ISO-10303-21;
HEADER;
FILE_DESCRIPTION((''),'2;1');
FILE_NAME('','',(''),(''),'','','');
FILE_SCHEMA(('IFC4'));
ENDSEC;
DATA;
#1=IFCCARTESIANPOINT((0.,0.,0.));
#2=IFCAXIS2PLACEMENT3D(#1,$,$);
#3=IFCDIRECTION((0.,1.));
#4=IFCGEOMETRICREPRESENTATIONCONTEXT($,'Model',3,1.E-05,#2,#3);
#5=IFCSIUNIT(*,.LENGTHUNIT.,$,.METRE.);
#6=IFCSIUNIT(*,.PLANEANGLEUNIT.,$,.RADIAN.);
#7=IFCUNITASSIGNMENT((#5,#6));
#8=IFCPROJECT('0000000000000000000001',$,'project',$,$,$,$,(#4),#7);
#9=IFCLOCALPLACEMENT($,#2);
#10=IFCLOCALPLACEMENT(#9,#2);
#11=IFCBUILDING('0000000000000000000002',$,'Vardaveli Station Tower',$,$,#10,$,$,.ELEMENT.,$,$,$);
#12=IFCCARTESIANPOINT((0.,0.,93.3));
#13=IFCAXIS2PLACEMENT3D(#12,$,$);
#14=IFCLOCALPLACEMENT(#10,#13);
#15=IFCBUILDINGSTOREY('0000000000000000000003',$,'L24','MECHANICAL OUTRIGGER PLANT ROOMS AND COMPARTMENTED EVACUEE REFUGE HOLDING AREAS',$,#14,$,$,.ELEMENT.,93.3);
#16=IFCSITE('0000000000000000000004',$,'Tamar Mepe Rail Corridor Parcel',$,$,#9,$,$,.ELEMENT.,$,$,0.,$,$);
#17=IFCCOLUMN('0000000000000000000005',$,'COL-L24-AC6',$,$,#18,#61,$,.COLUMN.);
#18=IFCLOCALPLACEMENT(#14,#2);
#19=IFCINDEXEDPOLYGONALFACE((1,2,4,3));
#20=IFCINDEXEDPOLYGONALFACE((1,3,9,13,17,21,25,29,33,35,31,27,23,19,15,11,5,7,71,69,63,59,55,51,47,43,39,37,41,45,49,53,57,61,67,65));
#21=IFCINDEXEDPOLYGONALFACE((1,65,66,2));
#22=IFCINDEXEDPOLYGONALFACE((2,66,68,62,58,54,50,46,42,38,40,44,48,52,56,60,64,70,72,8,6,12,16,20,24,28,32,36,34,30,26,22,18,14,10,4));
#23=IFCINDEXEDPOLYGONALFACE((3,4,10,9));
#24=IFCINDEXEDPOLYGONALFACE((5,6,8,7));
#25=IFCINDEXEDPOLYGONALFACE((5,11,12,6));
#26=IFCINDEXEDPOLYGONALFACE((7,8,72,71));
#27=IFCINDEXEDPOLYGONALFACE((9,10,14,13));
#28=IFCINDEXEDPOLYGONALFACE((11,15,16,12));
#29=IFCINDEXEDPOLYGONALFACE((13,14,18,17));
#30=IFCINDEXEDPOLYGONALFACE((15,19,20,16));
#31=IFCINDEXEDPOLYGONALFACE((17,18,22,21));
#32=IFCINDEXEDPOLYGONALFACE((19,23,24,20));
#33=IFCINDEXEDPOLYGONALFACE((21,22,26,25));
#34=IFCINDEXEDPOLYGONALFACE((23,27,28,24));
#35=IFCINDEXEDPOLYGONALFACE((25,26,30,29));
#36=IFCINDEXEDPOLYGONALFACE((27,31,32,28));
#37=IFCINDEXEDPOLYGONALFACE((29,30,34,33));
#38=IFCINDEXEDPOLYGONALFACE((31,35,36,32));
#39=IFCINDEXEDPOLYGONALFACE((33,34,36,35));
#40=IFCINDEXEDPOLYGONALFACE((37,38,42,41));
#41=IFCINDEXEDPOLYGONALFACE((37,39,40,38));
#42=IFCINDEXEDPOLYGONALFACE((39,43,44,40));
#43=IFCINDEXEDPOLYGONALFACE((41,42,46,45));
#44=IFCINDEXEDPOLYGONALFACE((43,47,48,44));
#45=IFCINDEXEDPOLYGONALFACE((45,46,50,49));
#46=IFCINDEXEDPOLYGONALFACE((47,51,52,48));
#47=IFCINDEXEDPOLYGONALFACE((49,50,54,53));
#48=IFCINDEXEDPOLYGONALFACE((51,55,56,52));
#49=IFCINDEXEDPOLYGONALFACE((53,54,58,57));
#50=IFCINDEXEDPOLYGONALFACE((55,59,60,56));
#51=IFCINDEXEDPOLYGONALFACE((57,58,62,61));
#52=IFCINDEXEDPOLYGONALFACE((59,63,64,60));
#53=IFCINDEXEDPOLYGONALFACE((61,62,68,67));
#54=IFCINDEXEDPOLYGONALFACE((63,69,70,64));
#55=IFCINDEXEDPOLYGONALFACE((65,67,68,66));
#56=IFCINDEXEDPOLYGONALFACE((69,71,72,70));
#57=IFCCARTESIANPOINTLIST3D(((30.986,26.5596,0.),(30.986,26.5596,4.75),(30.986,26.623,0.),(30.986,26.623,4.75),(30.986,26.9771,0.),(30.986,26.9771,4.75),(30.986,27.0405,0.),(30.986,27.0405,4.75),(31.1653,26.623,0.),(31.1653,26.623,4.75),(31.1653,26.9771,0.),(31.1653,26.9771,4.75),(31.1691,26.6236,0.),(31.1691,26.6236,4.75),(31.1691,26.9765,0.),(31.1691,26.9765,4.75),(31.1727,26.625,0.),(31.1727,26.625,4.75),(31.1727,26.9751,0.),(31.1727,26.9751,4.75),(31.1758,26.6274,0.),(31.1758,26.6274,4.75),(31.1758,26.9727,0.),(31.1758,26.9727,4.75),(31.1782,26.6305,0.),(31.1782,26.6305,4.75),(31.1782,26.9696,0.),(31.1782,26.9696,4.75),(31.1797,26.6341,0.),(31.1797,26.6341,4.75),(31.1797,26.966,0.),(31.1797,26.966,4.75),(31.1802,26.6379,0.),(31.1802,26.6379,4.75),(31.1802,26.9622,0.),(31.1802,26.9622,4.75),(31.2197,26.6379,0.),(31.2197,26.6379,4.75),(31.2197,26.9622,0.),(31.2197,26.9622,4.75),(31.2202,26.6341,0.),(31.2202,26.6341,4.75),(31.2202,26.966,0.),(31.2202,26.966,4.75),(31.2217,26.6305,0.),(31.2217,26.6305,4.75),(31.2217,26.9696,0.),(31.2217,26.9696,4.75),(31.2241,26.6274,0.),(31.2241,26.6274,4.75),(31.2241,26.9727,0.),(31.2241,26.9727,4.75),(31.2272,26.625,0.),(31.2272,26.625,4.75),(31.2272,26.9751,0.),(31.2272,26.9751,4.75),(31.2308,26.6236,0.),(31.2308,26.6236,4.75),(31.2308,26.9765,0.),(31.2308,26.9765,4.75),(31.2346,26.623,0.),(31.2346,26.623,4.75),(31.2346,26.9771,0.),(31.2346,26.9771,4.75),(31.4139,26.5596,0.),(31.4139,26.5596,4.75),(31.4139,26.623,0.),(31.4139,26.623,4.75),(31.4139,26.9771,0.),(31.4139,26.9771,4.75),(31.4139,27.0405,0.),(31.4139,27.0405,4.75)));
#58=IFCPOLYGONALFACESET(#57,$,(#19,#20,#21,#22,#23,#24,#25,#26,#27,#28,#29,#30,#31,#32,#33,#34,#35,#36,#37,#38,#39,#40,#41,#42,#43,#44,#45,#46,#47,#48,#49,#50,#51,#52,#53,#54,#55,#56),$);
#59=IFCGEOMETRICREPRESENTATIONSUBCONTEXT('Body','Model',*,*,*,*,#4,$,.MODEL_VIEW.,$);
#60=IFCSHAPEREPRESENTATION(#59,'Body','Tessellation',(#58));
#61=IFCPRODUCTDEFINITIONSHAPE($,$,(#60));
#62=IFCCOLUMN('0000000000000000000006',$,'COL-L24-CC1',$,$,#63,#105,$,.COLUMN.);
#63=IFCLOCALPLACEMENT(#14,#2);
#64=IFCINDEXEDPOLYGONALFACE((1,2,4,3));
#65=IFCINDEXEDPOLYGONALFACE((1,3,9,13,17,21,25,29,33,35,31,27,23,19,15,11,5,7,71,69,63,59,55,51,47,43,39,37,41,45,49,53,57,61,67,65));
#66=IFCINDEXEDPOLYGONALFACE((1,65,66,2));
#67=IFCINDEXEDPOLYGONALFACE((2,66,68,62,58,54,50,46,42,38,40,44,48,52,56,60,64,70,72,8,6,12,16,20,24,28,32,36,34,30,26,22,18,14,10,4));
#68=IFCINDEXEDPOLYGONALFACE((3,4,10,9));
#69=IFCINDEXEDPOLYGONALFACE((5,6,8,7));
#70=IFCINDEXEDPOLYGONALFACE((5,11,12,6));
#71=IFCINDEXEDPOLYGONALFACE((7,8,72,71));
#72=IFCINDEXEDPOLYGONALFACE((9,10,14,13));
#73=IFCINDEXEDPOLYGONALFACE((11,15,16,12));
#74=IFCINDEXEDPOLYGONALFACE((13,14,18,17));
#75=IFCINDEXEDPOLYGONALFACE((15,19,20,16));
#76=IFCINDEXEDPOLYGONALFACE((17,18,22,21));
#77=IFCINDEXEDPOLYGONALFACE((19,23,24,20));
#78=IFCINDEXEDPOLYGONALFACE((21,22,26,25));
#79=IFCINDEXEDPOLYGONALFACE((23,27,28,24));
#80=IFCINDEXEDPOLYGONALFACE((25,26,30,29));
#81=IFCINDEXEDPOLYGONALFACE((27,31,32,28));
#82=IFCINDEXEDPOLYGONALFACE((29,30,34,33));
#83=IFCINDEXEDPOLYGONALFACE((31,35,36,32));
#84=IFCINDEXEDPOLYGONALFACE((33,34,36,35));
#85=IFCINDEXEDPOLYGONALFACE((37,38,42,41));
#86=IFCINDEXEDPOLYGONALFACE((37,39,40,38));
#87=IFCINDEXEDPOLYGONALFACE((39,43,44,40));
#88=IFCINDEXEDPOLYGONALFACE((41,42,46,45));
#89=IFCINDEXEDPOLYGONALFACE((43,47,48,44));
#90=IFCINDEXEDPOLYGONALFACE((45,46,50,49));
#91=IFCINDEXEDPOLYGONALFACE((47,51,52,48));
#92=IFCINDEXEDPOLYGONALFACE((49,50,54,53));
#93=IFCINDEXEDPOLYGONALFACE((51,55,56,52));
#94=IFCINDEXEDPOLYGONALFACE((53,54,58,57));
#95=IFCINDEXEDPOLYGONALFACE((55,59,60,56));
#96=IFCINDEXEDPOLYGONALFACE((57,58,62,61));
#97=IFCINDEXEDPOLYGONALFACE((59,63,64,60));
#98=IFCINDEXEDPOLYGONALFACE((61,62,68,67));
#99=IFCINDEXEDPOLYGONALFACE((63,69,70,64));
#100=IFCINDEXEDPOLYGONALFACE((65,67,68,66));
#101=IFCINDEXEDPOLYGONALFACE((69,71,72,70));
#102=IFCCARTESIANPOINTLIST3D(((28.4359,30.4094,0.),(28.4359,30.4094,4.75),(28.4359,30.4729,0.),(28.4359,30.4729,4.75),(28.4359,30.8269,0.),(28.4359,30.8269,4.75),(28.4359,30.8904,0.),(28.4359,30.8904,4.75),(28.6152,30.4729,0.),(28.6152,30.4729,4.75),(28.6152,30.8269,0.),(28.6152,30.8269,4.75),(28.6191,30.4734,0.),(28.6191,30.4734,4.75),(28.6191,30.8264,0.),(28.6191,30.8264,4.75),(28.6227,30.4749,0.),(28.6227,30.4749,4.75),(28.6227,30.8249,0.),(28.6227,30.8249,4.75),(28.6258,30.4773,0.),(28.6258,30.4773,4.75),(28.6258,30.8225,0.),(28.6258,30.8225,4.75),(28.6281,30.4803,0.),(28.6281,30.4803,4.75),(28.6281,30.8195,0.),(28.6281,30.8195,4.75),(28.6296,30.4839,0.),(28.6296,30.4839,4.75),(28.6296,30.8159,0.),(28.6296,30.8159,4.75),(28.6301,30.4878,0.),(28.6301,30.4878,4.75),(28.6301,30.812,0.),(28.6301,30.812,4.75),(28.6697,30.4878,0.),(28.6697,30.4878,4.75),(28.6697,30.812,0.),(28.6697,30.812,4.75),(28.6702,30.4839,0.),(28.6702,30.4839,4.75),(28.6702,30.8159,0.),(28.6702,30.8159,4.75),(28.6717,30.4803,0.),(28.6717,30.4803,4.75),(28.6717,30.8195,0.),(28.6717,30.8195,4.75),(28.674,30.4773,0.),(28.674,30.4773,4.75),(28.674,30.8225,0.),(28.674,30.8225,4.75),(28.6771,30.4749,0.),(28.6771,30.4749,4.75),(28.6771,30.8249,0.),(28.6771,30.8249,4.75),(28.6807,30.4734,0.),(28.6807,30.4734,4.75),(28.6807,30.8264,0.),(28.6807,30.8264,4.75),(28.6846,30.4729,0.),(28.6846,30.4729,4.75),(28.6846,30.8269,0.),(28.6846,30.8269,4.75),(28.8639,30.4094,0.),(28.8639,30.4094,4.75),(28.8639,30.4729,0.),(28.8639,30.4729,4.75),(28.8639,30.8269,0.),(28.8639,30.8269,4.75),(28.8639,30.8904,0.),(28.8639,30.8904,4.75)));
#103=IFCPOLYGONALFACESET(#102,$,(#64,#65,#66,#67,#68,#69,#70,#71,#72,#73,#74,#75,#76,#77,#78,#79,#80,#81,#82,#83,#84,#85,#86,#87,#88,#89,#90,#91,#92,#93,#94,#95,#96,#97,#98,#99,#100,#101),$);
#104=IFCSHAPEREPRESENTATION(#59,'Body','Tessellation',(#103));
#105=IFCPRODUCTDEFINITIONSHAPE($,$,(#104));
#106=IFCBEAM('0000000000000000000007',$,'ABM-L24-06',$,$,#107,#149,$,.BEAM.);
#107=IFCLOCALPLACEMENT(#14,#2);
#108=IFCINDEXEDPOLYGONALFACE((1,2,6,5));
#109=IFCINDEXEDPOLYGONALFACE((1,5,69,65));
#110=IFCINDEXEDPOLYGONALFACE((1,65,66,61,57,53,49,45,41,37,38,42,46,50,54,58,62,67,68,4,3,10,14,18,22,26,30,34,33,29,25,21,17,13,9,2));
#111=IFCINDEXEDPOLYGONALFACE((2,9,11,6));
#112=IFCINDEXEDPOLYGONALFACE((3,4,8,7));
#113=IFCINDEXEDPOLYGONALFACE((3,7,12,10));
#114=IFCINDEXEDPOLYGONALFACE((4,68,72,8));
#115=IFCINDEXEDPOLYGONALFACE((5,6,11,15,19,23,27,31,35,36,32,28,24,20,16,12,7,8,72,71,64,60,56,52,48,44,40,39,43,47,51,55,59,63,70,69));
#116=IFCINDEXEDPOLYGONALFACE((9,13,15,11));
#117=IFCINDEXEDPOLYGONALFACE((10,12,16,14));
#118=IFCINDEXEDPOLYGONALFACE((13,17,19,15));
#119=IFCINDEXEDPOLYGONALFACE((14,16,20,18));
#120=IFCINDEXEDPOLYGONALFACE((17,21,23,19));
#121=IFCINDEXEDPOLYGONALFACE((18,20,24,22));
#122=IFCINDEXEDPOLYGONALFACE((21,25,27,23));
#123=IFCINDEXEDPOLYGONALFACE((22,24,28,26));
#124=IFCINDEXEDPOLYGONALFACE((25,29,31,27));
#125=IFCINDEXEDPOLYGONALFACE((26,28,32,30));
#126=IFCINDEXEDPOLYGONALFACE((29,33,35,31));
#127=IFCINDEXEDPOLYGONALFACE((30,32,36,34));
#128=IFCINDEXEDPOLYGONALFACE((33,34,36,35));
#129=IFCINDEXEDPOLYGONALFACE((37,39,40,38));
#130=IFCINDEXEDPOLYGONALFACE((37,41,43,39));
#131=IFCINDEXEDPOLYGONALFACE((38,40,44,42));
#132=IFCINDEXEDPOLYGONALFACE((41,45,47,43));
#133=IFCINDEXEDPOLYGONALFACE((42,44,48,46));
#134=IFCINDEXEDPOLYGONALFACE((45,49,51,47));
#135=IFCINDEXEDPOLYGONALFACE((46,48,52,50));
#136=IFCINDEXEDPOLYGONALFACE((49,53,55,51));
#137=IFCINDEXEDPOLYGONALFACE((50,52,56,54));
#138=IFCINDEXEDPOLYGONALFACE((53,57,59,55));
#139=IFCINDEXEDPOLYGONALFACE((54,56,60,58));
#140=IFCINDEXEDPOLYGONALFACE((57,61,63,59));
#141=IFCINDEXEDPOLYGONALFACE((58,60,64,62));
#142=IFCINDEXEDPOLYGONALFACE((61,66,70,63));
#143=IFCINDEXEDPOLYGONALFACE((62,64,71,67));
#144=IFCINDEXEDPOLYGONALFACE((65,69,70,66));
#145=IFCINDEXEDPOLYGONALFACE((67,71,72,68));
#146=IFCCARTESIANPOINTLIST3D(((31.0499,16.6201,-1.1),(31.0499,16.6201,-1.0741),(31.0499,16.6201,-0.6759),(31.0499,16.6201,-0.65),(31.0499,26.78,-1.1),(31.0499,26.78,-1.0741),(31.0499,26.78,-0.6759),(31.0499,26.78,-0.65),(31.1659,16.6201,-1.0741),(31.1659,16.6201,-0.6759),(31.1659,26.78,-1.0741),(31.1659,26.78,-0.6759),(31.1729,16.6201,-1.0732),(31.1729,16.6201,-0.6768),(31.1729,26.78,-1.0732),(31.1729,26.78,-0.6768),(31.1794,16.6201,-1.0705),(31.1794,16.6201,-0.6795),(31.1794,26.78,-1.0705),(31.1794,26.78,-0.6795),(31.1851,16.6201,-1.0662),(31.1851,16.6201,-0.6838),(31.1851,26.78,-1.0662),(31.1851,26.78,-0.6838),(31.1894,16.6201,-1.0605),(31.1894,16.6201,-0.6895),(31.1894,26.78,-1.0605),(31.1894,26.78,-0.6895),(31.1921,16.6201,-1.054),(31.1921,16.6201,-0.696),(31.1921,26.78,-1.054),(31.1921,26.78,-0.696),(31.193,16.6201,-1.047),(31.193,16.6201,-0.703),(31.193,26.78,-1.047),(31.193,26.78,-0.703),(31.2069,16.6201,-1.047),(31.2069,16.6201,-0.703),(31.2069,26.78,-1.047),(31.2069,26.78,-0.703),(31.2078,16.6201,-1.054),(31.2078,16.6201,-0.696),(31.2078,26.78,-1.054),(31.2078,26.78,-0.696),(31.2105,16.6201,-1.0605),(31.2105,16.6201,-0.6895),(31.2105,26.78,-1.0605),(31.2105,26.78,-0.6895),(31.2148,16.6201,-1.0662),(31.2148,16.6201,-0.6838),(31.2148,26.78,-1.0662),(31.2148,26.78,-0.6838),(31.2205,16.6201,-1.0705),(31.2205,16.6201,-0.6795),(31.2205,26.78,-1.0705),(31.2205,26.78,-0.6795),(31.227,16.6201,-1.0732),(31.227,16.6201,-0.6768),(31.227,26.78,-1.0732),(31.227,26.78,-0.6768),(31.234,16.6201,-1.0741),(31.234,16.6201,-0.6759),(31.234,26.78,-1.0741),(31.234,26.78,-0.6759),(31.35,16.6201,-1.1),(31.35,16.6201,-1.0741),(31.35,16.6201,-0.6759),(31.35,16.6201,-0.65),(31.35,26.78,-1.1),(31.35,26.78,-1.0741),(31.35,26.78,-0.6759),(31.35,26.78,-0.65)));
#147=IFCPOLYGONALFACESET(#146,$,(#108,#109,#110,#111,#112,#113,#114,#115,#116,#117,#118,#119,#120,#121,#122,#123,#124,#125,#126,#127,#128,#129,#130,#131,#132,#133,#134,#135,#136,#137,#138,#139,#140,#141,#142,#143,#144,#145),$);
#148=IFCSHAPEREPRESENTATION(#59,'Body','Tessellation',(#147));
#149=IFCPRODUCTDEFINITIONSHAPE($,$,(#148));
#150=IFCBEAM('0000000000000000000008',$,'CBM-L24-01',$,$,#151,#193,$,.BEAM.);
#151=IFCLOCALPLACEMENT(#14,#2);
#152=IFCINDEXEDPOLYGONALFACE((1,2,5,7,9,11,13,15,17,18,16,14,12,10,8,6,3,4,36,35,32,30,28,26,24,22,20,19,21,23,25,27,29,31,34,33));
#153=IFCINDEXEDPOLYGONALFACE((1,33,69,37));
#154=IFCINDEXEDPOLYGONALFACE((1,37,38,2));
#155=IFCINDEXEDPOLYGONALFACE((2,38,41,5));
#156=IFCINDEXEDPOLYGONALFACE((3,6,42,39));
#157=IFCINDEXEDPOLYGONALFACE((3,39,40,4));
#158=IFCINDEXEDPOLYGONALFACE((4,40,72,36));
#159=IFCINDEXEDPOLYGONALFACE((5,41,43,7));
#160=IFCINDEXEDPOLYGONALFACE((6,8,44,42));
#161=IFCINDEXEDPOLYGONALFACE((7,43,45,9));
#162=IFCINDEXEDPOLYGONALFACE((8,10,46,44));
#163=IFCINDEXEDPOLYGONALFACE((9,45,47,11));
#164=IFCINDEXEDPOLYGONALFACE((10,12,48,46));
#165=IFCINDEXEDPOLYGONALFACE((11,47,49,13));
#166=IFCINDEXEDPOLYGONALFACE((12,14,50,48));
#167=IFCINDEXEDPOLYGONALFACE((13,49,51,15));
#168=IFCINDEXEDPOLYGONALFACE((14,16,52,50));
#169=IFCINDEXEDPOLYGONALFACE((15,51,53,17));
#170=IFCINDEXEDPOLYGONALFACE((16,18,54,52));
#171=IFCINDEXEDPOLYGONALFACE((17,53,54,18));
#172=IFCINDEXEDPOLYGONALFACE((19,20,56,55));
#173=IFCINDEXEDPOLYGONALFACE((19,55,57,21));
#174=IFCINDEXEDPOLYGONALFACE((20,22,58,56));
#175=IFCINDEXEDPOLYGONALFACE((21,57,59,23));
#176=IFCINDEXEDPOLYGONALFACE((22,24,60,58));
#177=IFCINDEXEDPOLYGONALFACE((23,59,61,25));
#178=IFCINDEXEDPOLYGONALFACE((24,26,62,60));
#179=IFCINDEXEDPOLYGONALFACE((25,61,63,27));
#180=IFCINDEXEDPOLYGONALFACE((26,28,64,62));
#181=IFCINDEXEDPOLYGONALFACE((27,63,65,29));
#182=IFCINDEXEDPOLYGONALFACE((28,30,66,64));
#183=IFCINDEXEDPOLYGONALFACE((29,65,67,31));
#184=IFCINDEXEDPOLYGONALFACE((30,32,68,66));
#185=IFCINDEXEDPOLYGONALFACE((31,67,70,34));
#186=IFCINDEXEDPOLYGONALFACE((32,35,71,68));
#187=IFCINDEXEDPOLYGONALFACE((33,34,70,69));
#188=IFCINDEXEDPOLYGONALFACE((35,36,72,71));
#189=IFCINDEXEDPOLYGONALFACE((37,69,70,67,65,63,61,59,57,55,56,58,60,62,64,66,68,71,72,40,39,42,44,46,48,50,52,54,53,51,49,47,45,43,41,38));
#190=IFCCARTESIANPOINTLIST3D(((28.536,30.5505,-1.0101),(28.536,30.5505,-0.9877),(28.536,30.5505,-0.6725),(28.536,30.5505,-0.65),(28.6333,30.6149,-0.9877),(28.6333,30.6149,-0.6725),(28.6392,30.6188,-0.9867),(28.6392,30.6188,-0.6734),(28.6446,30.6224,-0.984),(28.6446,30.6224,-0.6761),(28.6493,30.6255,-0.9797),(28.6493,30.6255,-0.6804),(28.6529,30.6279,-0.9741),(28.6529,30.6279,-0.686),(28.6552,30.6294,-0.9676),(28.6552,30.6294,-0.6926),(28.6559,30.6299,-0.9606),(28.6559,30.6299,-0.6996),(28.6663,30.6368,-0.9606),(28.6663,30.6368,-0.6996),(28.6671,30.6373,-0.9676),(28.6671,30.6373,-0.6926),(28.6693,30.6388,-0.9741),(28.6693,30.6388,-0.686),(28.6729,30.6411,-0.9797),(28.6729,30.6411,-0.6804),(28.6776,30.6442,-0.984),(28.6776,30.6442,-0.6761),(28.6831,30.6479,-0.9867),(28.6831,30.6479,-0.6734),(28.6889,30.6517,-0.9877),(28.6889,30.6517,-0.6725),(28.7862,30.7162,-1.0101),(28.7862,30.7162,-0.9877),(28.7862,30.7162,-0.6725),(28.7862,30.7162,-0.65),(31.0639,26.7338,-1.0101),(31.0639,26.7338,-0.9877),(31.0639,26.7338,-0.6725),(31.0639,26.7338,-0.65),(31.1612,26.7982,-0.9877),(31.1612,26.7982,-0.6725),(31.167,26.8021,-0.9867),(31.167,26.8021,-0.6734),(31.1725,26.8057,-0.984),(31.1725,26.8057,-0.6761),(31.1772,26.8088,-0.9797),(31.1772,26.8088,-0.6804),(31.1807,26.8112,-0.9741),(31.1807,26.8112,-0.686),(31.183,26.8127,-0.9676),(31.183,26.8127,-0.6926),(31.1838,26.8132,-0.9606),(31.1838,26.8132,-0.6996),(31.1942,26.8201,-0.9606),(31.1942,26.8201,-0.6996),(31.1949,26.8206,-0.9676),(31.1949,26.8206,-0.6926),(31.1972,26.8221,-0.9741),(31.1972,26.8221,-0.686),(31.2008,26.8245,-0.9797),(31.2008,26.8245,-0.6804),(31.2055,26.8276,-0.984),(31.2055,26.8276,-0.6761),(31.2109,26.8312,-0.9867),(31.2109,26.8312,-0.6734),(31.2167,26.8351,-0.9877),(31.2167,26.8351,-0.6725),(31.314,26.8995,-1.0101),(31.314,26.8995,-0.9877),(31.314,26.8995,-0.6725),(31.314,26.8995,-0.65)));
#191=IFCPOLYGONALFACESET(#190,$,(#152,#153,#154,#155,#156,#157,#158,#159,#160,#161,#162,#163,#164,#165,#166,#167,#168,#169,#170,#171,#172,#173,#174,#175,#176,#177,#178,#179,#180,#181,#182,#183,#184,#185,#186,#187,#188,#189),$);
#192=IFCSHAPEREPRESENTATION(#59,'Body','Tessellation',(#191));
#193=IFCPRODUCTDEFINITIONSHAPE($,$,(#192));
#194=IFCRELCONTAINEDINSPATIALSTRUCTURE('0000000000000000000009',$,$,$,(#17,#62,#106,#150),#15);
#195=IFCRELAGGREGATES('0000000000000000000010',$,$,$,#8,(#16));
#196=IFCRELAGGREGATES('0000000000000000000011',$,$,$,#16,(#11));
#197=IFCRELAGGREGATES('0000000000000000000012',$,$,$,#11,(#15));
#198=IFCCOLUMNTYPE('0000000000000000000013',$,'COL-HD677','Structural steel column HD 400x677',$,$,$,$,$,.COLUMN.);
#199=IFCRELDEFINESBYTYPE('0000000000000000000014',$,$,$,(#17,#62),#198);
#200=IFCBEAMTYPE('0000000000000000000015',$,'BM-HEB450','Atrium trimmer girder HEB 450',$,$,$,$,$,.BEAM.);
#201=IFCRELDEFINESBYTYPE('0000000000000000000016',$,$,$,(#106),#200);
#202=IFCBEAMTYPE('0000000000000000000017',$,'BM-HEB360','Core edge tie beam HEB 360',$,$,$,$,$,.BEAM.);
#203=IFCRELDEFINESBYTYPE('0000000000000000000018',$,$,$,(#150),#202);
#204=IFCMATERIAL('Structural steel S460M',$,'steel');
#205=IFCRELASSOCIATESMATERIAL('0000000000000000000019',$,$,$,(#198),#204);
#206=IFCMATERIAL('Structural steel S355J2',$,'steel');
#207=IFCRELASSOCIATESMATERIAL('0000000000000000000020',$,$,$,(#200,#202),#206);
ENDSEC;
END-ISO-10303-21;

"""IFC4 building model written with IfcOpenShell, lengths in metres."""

from ifc_helpers import new_model, si_unit, direction, frame, origin, origin_2d, place, context, subcontext, project, spatial, i_section, extrude, source, transform, mapped, material, material_profile, profile_set, type_object, element, save


model = new_model("IFC4")

# Units and contexts
model_context = context("Model", 3, precision=1e-05, world=origin(), true_north=direction((0.0, 1.0)))
body_context = subcontext(model_context, "Body", "Model", "MODEL_VIEW")
ifc_project = project(units=[si_unit("LENGTHUNIT", "METRE"), si_unit("PLANEANGLEUNIT", "RADIAN")], contexts=[model_context])

# Site, building, storey
site_placement = place(None, origin())
site = spatial("IfcSite", under=ifc_project, at=site_placement, Name="Tamar Mepe Rail Corridor Parcel", CompositionType="ELEMENT", RefElevation=0.0)
building_placement = place(site_placement, origin())
building = spatial("IfcBuilding", under=site, at=building_placement, Name="Vardaveli Station Tower", CompositionType="ELEMENT")
storey_placement = place(building_placement, frame((0.0, 0.0, 93.3)))
storey = spatial("IfcBuildingStorey", under=building, at=storey_placement, Name="L24", Description="MECHANICAL OUTRIGGER PLANT ROOMS AND COMPARTMENTED EVACUEE REFUGE HOLDING AREAS", CompositionType="ELEMENT", Elevation=93.3)

# Columns
ifc_material_1 = material(Name="Structural steel S460M", Category="steel")
ifc_material_profile_1 = material_profile(ifc_material_1, i_section(OverallWidth=0.428, OverallDepth=0.481, WebThickness=0.0396, FlangeThickness=0.0635, FilletRadius=0.0149, at=origin_2d()), Name="HD 400x677")
ifc_profile_set_1 = profile_set([ifc_material_profile_1], Name="Structural steel S460M")
column_type = type_object("IfcColumnType", Name="COL-HD677", Description="Structural steel column HD 400x677", PredefinedType="COLUMN", material=ifc_profile_set_1)
shared_shape_1 = source(origin(), body_context, "Body", "SweptSolid", [
    extrude(i_section(OverallWidth=0.428, OverallDepth=0.481, WebThickness=0.0396, FlangeThickness=0.0635, FilletRadius=0.0149, at=origin_2d()), origin(), (0.0, 0.0, 1.0), 4.75),
])
for number, where, z_axis, x_axis, name in (
    (1, (31.2, 26.8, 0.0), (0.0, 0.0, 1.0), (1.0, 0.0, 0.0), "COL-L24-AC6"),
    (2, (28.6499, 30.6499, 0.0), (0.0, 0.0, 1.0), (1.0, 0.0, 0.0), "COL-L24-CC1"),
):
    element("IfcColumn", number, at=place(storey_placement, frame(where, z_axis=z_axis, x_axis=x_axis)), inside=storey, type_object=column_type, Name=name, PredefinedType="COLUMN", context=body_context, shape_type="MappedRepresentation", body=[
        mapped(shared_shape_1, transform((0.0, 0.0, 0.0), scale=1.0)),
    ])

# Beams
ifc_material_2 = material(Name="Structural steel S355J2", Category="steel")
ifc_material_profile_2 = material_profile(ifc_material_2, i_section(OverallWidth=0.3, OverallDepth=0.45, WebThickness=0.0139, FlangeThickness=0.0259, FilletRadius=0.0271, at=origin_2d()), Name="HEB 450")
ifc_profile_set_2 = profile_set([ifc_material_profile_2], Name="Structural steel S355J2")
beam_type_1 = type_object("IfcBeamType", Name="BM-HEB450", Description="Atrium trimmer girder HEB 450", PredefinedType="BEAM", material=ifc_profile_set_2)
shared_shape_2 = source(origin(), body_context, "Body", "SweptSolid", [
    extrude(i_section(OverallWidth=0.3, OverallDepth=0.45, WebThickness=0.0139, FlangeThickness=0.0259, FilletRadius=0.0271, at=origin_2d()), origin(), (0.0, 0.0, 1.0), 10.1599),
])
beam_1_placement = place(storey_placement, frame((31.2, 26.78, -0.875), z_axis=(0.0, -1.0, 0.0), x_axis=(1.0, 0.0, 0.0)))
element("IfcBeam", 3, at=beam_1_placement, inside=storey, type_object=beam_type_1, Name="ABM-L24-06", PredefinedType="BEAM", context=body_context, shape_type="MappedRepresentation", body=[
    mapped(shared_shape_2, transform((0.0, 0.0, 0.0), scale=1.0)),
])
ifc_material_profile_3 = material_profile(ifc_material_2, i_section(OverallWidth=0.3, OverallDepth=0.3601, WebThickness=0.0125, FlangeThickness=0.0225, FilletRadius=0.0271, at=origin_2d()), Name="HEB 360")
ifc_profile_set_3 = profile_set([ifc_material_profile_3], Name="Structural steel S355J2")
beam_type_2 = type_object("IfcBeamType", Name="BM-HEB360", Description="Core edge tie beam HEB 360", PredefinedType="BEAM", material=ifc_profile_set_3)
shared_shape_3 = source(origin(), body_context, "Body", "SweptSolid", [
    extrude(i_section(OverallWidth=0.3, OverallDepth=0.3601, WebThickness=0.0125, FlangeThickness=0.0225, FilletRadius=0.0271, at=origin_2d()), origin(), (0.0, 0.0, 1.0), 4.5779),
])
beam_2_placement = place(storey_placement, frame((31.189, 26.8167, -0.8301), z_axis=(-0.552187, 0.83372, 0.0), x_axis=(-0.83372, -0.552187, 0.0)))
element("IfcBeam", 4, at=beam_2_placement, inside=storey, type_object=beam_type_2, Name="CBM-L24-01", PredefinedType="BEAM", context=body_context, shape_type="MappedRepresentation", body=[
    mapped(shared_shape_3, transform((0.0, 0.0, 0.0), scale=1.0)),
])

save(model, "model.ifc")
